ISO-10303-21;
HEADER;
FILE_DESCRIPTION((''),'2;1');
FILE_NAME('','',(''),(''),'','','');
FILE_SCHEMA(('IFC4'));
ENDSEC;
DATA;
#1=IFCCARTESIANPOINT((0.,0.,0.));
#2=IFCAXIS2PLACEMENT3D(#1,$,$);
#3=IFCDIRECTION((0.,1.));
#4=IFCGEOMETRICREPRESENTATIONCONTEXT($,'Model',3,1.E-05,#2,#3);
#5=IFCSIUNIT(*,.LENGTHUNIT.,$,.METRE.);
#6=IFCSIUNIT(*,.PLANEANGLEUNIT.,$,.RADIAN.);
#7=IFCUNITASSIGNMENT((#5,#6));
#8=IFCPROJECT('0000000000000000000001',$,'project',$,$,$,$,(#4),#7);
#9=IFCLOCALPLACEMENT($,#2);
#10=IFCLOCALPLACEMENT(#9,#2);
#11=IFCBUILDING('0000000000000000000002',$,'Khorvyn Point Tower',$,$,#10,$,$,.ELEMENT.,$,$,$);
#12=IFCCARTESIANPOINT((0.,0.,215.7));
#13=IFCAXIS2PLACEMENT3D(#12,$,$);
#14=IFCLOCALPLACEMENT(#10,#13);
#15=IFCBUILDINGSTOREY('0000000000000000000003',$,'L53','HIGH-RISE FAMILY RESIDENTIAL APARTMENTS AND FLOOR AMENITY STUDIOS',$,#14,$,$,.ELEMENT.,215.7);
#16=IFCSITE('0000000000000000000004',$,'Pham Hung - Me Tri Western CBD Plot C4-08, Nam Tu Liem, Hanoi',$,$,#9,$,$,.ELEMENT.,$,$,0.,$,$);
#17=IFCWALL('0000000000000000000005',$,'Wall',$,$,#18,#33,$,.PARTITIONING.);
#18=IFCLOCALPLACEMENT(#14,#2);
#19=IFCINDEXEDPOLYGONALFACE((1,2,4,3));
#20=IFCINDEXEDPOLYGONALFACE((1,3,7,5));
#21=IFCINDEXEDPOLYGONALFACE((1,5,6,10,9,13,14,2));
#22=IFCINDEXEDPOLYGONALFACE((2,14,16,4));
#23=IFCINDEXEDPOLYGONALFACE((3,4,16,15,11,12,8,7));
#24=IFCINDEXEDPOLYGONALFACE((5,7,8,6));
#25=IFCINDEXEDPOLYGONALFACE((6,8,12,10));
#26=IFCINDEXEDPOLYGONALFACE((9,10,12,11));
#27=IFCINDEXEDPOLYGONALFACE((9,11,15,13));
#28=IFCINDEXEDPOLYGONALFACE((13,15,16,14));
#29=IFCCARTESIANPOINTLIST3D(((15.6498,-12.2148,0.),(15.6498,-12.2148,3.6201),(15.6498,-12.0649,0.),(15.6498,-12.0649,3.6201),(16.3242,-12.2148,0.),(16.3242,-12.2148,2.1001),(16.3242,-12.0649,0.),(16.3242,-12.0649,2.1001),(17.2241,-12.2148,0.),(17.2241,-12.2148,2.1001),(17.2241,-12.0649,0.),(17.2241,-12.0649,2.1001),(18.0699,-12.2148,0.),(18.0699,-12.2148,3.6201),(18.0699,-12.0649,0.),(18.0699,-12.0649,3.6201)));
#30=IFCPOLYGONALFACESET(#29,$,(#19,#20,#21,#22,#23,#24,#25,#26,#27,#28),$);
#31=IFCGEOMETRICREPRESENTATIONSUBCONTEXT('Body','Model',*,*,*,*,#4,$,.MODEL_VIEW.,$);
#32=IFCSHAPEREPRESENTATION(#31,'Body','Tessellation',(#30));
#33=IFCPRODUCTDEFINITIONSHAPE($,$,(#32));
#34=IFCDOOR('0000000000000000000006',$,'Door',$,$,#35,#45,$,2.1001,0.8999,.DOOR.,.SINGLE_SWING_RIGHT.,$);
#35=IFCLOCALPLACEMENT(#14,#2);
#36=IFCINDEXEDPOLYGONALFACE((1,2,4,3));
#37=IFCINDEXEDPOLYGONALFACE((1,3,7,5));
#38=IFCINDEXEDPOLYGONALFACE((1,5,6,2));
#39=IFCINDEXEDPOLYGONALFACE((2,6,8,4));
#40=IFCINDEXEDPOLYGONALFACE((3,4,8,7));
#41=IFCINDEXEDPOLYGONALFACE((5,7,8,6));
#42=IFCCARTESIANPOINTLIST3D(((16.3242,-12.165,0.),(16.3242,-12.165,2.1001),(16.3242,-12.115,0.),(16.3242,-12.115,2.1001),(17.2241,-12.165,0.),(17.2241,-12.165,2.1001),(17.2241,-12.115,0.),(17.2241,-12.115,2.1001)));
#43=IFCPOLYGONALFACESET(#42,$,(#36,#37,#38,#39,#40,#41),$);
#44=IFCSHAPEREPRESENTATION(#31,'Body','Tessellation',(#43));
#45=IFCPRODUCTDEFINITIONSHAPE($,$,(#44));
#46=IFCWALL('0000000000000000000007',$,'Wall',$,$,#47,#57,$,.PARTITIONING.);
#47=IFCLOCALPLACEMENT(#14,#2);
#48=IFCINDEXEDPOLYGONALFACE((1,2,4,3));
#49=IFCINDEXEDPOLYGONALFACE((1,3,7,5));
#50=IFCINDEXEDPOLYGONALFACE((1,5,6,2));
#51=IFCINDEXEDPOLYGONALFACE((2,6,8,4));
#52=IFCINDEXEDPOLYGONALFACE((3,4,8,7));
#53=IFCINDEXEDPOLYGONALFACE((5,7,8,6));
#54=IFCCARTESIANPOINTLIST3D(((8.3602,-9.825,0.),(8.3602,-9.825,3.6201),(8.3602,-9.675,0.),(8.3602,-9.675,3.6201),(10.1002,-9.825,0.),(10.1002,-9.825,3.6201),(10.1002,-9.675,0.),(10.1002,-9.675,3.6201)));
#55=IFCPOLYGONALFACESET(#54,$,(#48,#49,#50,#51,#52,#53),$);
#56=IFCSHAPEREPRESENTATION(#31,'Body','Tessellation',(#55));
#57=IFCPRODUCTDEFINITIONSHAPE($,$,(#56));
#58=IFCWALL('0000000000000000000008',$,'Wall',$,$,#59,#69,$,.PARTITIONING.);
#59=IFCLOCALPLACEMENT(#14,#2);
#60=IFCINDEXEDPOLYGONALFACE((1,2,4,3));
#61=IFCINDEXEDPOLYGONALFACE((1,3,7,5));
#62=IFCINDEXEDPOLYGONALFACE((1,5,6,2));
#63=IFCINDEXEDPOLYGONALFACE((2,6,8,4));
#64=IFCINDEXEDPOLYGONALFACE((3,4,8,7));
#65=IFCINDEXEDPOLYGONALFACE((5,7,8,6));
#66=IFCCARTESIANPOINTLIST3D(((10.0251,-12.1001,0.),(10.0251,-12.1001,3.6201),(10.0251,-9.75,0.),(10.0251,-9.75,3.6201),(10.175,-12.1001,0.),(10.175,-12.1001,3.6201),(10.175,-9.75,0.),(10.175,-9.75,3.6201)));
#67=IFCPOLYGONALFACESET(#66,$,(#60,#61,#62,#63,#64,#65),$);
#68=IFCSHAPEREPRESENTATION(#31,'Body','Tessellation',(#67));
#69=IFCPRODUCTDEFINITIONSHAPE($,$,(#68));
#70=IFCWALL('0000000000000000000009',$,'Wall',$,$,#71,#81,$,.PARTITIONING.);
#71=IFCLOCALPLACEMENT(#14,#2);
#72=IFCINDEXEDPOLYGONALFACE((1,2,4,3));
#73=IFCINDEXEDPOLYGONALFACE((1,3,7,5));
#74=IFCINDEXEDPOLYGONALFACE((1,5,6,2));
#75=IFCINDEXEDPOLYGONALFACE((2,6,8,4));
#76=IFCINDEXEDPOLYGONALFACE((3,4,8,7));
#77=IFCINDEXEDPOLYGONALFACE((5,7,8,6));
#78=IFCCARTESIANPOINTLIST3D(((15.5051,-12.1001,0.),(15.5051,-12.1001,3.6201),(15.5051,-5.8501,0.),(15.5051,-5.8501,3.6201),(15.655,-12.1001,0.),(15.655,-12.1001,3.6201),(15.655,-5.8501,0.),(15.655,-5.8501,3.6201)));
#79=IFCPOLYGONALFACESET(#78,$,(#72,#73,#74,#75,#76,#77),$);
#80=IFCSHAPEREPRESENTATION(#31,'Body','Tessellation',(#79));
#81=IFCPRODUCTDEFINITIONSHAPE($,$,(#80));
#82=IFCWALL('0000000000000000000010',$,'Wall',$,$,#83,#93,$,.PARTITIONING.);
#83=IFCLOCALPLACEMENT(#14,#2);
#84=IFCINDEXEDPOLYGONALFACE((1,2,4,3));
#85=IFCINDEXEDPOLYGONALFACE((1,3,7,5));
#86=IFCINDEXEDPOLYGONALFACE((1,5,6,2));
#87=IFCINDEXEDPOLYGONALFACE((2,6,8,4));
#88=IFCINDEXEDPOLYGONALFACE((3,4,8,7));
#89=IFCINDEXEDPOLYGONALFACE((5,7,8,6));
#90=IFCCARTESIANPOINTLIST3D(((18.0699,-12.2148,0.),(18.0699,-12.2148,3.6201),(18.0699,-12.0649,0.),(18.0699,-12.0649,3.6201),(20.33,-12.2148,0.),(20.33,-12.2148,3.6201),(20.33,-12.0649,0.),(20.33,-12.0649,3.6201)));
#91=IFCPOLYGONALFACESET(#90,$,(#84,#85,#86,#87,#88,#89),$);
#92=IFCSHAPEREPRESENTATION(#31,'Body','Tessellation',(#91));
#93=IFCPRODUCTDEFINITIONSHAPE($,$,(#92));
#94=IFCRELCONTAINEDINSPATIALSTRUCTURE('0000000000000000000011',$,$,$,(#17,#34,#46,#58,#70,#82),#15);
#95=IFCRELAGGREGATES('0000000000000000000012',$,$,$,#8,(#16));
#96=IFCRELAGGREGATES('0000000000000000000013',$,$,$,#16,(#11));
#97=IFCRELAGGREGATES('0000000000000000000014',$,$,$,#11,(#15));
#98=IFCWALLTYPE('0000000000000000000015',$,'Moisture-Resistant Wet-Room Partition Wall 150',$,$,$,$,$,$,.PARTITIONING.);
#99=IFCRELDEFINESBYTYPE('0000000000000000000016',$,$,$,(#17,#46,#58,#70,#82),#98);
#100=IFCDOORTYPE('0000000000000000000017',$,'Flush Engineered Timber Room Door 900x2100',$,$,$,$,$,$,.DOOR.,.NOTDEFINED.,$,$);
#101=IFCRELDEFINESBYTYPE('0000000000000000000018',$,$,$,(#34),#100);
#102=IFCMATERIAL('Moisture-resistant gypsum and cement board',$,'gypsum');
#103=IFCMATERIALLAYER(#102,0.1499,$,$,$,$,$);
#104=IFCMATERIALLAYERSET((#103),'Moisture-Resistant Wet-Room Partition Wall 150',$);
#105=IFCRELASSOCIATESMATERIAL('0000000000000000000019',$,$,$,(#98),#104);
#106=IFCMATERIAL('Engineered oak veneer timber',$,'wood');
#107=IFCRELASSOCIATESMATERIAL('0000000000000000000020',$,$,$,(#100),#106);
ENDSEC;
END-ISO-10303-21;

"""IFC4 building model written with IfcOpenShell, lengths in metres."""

from ifc_helpers import new_model, si_unit, direction, frame, frame_2d, origin, place, context, subcontext, project, spatial, rectangle, extrude, material, layer, layer_set, type_object, element, fill, save


model = new_model("IFC4")

# Units and contexts
model_context = context("Model", 3, precision=1e-05, world=origin(), true_north=direction((0.0, 1.0)))
body_context = subcontext(model_context, "Body", "Model", "MODEL_VIEW")
ifc_project = project(units=[si_unit("LENGTHUNIT", "METRE"), si_unit("PLANEANGLEUNIT", "RADIAN")], contexts=[model_context])

# Site, building, storey
site_placement = place(None, origin())
site = spatial("IfcSite", under=ifc_project, at=site_placement, Name="Pham Hung - Me Tri Western CBD Plot C4-08, Nam Tu Liem, Hanoi", CompositionType="ELEMENT", RefElevation=0.0)
building_placement = place(site_placement, origin())
building = spatial("IfcBuilding", under=site, at=building_placement, Name="Khorvyn Point Tower", CompositionType="ELEMENT")
storey_placement = place(building_placement, frame((0.0, 0.0, 215.7)))
storey = spatial("IfcBuildingStorey", under=building, at=storey_placement, Name="L53", Description="HIGH-RISE FAMILY RESIDENTIAL APARTMENTS AND FLOOR AMENITY STUDIOS", CompositionType="ELEMENT", Elevation=215.7)

# Wall, opening, door
ifc_material_1 = material(Name="Moisture-resistant gypsum and cement board", Category="gypsum")
ifc_layer_1 = layer(ifc_material_1, 0.1499)
ifc_layer_set_1 = layer_set([ifc_layer_1], Name="Moisture-Resistant Wet-Room Partition Wall 150")
wall_type_1 = type_object("IfcWallType", Name="Moisture-Resistant Wet-Room Partition Wall 150", PredefinedType="PARTITIONING", material=ifc_layer_set_1)
ifc_material_2 = material(Name="Engineered oak veneer timber", Category="wood")
door_type_1 = type_object("IfcDoorType", Name="Flush Engineered Timber Room Door 900x2100", OperationType="NOTDEFINED", PredefinedType="DOOR", material=ifc_material_2)
wall_1_placement = place(storey_placement, frame((15.6499, -12.1399, 0.0), z_axis=(0.0, 0.0, 1.0), x_axis=(1.0, 0.0, 0.0)))
wall_1 = element("IfcWall", 1, at=wall_1_placement, inside=storey, type_object=wall_type_1, Name="Wall", PredefinedType="PARTITIONING", context=body_context, shape_type="SweptSolid", body=[
    extrude(rectangle(XDim=2.4202, YDim=0.1499, at=frame_2d((1.21, 0.0))), origin(), (0.0, 0.0, 1.0), 3.6201),
])
opening_1_placement = place(wall_1_placement, frame((0.6743, 0.0, 0.0)))
opening_1 = element("IfcOpeningElement", 2, at=opening_1_placement, cuts=wall_1, PredefinedType="OPENING", context=body_context, shape_type="SweptSolid", body=[
    extrude(rectangle(XDim=0.8999, YDim=2.1001, at=frame_2d((0.45, 1.05))), frame((0.0, 0.085, 0.0), z_axis=(0.0, -1.0, 0.0), x_axis=(1.0, 0.0, 0.0)), (0.0, 0.0, 1.0), 0.1699),
])
door_1_placement = place(opening_1_placement, origin())
door_1 = element("IfcDoor", 3, at=door_1_placement, inside=storey, type_object=door_type_1, Name="Door", OperationType="SINGLE_SWING_RIGHT", OverallHeight=2.1001, OverallWidth=0.8999, PredefinedType="DOOR", context=body_context, shape_type="SweptSolid", body=[
    extrude(rectangle(XDim=0.8999, YDim=2.1001, at=frame_2d((0.45, 1.05))), frame((0.0, 0.0249, 0.0), z_axis=(0.0, -1.0, 0.0), x_axis=(1.0, 0.0, 0.0)), (0.0, 0.0, 1.0), 0.05),
])
fill(opening_1, door_1)

# Walls
wall_2_placement = place(storey_placement, frame((8.3601, -9.75, 0.0), z_axis=(0.0, 0.0, 1.0), x_axis=(1.0, 0.0, 0.0)))
element("IfcWall", 4, at=wall_2_placement, inside=storey, type_object=wall_type_1, Name="Wall", PredefinedType="PARTITIONING", context=body_context, shape_type="SweptSolid", body=[
    extrude(rectangle(XDim=1.74, YDim=0.1499, at=frame_2d((0.8701, 0.0))), origin(), (0.0, 0.0, 1.0), 3.6201),
])
wall_3_placement = place(storey_placement, frame((10.1001, -12.1001, 0.0), z_axis=(0.0, 0.0, 1.0), x_axis=(0.0, 1.0, 0.0)))
element("IfcWall", 5, at=wall_3_placement, inside=storey, type_object=wall_type_1, Name="Wall", PredefinedType="PARTITIONING", context=body_context, shape_type="SweptSolid", body=[
    extrude(rectangle(XDim=2.3501, YDim=0.1499, at=frame_2d((1.175, 0.0))), origin(), (0.0, 0.0, 1.0), 3.6201),
])
wall_4_placement = place(storey_placement, frame((15.5801, -12.1001, 0.0), z_axis=(0.0, 0.0, 1.0), x_axis=(0.0, 1.0, 0.0)))
element("IfcWall", 6, at=wall_4_placement, inside=storey, type_object=wall_type_1, Name="Wall", PredefinedType="PARTITIONING", context=body_context, shape_type="SweptSolid", body=[
    extrude(rectangle(XDim=6.25, YDim=0.1499, at=frame_2d((3.125, 0.0))), origin(), (0.0, 0.0, 1.0), 3.6201),
])
wall_5_placement = place(storey_placement, frame((18.0701, -12.1399, 0.0), z_axis=(0.0, 0.0, 1.0), x_axis=(1.0, 0.0, 0.0)))
element("IfcWall", 7, at=wall_5_placement, inside=storey, type_object=wall_type_1, Name="Wall", PredefinedType="PARTITIONING", context=body_context, shape_type="SweptSolid", body=[
    extrude(rectangle(XDim=2.26, YDim=0.1499, at=frame_2d((1.1299, 0.0))), origin(), (0.0, 0.0, 1.0), 3.6201),
])

save(model, "model.ifc")
